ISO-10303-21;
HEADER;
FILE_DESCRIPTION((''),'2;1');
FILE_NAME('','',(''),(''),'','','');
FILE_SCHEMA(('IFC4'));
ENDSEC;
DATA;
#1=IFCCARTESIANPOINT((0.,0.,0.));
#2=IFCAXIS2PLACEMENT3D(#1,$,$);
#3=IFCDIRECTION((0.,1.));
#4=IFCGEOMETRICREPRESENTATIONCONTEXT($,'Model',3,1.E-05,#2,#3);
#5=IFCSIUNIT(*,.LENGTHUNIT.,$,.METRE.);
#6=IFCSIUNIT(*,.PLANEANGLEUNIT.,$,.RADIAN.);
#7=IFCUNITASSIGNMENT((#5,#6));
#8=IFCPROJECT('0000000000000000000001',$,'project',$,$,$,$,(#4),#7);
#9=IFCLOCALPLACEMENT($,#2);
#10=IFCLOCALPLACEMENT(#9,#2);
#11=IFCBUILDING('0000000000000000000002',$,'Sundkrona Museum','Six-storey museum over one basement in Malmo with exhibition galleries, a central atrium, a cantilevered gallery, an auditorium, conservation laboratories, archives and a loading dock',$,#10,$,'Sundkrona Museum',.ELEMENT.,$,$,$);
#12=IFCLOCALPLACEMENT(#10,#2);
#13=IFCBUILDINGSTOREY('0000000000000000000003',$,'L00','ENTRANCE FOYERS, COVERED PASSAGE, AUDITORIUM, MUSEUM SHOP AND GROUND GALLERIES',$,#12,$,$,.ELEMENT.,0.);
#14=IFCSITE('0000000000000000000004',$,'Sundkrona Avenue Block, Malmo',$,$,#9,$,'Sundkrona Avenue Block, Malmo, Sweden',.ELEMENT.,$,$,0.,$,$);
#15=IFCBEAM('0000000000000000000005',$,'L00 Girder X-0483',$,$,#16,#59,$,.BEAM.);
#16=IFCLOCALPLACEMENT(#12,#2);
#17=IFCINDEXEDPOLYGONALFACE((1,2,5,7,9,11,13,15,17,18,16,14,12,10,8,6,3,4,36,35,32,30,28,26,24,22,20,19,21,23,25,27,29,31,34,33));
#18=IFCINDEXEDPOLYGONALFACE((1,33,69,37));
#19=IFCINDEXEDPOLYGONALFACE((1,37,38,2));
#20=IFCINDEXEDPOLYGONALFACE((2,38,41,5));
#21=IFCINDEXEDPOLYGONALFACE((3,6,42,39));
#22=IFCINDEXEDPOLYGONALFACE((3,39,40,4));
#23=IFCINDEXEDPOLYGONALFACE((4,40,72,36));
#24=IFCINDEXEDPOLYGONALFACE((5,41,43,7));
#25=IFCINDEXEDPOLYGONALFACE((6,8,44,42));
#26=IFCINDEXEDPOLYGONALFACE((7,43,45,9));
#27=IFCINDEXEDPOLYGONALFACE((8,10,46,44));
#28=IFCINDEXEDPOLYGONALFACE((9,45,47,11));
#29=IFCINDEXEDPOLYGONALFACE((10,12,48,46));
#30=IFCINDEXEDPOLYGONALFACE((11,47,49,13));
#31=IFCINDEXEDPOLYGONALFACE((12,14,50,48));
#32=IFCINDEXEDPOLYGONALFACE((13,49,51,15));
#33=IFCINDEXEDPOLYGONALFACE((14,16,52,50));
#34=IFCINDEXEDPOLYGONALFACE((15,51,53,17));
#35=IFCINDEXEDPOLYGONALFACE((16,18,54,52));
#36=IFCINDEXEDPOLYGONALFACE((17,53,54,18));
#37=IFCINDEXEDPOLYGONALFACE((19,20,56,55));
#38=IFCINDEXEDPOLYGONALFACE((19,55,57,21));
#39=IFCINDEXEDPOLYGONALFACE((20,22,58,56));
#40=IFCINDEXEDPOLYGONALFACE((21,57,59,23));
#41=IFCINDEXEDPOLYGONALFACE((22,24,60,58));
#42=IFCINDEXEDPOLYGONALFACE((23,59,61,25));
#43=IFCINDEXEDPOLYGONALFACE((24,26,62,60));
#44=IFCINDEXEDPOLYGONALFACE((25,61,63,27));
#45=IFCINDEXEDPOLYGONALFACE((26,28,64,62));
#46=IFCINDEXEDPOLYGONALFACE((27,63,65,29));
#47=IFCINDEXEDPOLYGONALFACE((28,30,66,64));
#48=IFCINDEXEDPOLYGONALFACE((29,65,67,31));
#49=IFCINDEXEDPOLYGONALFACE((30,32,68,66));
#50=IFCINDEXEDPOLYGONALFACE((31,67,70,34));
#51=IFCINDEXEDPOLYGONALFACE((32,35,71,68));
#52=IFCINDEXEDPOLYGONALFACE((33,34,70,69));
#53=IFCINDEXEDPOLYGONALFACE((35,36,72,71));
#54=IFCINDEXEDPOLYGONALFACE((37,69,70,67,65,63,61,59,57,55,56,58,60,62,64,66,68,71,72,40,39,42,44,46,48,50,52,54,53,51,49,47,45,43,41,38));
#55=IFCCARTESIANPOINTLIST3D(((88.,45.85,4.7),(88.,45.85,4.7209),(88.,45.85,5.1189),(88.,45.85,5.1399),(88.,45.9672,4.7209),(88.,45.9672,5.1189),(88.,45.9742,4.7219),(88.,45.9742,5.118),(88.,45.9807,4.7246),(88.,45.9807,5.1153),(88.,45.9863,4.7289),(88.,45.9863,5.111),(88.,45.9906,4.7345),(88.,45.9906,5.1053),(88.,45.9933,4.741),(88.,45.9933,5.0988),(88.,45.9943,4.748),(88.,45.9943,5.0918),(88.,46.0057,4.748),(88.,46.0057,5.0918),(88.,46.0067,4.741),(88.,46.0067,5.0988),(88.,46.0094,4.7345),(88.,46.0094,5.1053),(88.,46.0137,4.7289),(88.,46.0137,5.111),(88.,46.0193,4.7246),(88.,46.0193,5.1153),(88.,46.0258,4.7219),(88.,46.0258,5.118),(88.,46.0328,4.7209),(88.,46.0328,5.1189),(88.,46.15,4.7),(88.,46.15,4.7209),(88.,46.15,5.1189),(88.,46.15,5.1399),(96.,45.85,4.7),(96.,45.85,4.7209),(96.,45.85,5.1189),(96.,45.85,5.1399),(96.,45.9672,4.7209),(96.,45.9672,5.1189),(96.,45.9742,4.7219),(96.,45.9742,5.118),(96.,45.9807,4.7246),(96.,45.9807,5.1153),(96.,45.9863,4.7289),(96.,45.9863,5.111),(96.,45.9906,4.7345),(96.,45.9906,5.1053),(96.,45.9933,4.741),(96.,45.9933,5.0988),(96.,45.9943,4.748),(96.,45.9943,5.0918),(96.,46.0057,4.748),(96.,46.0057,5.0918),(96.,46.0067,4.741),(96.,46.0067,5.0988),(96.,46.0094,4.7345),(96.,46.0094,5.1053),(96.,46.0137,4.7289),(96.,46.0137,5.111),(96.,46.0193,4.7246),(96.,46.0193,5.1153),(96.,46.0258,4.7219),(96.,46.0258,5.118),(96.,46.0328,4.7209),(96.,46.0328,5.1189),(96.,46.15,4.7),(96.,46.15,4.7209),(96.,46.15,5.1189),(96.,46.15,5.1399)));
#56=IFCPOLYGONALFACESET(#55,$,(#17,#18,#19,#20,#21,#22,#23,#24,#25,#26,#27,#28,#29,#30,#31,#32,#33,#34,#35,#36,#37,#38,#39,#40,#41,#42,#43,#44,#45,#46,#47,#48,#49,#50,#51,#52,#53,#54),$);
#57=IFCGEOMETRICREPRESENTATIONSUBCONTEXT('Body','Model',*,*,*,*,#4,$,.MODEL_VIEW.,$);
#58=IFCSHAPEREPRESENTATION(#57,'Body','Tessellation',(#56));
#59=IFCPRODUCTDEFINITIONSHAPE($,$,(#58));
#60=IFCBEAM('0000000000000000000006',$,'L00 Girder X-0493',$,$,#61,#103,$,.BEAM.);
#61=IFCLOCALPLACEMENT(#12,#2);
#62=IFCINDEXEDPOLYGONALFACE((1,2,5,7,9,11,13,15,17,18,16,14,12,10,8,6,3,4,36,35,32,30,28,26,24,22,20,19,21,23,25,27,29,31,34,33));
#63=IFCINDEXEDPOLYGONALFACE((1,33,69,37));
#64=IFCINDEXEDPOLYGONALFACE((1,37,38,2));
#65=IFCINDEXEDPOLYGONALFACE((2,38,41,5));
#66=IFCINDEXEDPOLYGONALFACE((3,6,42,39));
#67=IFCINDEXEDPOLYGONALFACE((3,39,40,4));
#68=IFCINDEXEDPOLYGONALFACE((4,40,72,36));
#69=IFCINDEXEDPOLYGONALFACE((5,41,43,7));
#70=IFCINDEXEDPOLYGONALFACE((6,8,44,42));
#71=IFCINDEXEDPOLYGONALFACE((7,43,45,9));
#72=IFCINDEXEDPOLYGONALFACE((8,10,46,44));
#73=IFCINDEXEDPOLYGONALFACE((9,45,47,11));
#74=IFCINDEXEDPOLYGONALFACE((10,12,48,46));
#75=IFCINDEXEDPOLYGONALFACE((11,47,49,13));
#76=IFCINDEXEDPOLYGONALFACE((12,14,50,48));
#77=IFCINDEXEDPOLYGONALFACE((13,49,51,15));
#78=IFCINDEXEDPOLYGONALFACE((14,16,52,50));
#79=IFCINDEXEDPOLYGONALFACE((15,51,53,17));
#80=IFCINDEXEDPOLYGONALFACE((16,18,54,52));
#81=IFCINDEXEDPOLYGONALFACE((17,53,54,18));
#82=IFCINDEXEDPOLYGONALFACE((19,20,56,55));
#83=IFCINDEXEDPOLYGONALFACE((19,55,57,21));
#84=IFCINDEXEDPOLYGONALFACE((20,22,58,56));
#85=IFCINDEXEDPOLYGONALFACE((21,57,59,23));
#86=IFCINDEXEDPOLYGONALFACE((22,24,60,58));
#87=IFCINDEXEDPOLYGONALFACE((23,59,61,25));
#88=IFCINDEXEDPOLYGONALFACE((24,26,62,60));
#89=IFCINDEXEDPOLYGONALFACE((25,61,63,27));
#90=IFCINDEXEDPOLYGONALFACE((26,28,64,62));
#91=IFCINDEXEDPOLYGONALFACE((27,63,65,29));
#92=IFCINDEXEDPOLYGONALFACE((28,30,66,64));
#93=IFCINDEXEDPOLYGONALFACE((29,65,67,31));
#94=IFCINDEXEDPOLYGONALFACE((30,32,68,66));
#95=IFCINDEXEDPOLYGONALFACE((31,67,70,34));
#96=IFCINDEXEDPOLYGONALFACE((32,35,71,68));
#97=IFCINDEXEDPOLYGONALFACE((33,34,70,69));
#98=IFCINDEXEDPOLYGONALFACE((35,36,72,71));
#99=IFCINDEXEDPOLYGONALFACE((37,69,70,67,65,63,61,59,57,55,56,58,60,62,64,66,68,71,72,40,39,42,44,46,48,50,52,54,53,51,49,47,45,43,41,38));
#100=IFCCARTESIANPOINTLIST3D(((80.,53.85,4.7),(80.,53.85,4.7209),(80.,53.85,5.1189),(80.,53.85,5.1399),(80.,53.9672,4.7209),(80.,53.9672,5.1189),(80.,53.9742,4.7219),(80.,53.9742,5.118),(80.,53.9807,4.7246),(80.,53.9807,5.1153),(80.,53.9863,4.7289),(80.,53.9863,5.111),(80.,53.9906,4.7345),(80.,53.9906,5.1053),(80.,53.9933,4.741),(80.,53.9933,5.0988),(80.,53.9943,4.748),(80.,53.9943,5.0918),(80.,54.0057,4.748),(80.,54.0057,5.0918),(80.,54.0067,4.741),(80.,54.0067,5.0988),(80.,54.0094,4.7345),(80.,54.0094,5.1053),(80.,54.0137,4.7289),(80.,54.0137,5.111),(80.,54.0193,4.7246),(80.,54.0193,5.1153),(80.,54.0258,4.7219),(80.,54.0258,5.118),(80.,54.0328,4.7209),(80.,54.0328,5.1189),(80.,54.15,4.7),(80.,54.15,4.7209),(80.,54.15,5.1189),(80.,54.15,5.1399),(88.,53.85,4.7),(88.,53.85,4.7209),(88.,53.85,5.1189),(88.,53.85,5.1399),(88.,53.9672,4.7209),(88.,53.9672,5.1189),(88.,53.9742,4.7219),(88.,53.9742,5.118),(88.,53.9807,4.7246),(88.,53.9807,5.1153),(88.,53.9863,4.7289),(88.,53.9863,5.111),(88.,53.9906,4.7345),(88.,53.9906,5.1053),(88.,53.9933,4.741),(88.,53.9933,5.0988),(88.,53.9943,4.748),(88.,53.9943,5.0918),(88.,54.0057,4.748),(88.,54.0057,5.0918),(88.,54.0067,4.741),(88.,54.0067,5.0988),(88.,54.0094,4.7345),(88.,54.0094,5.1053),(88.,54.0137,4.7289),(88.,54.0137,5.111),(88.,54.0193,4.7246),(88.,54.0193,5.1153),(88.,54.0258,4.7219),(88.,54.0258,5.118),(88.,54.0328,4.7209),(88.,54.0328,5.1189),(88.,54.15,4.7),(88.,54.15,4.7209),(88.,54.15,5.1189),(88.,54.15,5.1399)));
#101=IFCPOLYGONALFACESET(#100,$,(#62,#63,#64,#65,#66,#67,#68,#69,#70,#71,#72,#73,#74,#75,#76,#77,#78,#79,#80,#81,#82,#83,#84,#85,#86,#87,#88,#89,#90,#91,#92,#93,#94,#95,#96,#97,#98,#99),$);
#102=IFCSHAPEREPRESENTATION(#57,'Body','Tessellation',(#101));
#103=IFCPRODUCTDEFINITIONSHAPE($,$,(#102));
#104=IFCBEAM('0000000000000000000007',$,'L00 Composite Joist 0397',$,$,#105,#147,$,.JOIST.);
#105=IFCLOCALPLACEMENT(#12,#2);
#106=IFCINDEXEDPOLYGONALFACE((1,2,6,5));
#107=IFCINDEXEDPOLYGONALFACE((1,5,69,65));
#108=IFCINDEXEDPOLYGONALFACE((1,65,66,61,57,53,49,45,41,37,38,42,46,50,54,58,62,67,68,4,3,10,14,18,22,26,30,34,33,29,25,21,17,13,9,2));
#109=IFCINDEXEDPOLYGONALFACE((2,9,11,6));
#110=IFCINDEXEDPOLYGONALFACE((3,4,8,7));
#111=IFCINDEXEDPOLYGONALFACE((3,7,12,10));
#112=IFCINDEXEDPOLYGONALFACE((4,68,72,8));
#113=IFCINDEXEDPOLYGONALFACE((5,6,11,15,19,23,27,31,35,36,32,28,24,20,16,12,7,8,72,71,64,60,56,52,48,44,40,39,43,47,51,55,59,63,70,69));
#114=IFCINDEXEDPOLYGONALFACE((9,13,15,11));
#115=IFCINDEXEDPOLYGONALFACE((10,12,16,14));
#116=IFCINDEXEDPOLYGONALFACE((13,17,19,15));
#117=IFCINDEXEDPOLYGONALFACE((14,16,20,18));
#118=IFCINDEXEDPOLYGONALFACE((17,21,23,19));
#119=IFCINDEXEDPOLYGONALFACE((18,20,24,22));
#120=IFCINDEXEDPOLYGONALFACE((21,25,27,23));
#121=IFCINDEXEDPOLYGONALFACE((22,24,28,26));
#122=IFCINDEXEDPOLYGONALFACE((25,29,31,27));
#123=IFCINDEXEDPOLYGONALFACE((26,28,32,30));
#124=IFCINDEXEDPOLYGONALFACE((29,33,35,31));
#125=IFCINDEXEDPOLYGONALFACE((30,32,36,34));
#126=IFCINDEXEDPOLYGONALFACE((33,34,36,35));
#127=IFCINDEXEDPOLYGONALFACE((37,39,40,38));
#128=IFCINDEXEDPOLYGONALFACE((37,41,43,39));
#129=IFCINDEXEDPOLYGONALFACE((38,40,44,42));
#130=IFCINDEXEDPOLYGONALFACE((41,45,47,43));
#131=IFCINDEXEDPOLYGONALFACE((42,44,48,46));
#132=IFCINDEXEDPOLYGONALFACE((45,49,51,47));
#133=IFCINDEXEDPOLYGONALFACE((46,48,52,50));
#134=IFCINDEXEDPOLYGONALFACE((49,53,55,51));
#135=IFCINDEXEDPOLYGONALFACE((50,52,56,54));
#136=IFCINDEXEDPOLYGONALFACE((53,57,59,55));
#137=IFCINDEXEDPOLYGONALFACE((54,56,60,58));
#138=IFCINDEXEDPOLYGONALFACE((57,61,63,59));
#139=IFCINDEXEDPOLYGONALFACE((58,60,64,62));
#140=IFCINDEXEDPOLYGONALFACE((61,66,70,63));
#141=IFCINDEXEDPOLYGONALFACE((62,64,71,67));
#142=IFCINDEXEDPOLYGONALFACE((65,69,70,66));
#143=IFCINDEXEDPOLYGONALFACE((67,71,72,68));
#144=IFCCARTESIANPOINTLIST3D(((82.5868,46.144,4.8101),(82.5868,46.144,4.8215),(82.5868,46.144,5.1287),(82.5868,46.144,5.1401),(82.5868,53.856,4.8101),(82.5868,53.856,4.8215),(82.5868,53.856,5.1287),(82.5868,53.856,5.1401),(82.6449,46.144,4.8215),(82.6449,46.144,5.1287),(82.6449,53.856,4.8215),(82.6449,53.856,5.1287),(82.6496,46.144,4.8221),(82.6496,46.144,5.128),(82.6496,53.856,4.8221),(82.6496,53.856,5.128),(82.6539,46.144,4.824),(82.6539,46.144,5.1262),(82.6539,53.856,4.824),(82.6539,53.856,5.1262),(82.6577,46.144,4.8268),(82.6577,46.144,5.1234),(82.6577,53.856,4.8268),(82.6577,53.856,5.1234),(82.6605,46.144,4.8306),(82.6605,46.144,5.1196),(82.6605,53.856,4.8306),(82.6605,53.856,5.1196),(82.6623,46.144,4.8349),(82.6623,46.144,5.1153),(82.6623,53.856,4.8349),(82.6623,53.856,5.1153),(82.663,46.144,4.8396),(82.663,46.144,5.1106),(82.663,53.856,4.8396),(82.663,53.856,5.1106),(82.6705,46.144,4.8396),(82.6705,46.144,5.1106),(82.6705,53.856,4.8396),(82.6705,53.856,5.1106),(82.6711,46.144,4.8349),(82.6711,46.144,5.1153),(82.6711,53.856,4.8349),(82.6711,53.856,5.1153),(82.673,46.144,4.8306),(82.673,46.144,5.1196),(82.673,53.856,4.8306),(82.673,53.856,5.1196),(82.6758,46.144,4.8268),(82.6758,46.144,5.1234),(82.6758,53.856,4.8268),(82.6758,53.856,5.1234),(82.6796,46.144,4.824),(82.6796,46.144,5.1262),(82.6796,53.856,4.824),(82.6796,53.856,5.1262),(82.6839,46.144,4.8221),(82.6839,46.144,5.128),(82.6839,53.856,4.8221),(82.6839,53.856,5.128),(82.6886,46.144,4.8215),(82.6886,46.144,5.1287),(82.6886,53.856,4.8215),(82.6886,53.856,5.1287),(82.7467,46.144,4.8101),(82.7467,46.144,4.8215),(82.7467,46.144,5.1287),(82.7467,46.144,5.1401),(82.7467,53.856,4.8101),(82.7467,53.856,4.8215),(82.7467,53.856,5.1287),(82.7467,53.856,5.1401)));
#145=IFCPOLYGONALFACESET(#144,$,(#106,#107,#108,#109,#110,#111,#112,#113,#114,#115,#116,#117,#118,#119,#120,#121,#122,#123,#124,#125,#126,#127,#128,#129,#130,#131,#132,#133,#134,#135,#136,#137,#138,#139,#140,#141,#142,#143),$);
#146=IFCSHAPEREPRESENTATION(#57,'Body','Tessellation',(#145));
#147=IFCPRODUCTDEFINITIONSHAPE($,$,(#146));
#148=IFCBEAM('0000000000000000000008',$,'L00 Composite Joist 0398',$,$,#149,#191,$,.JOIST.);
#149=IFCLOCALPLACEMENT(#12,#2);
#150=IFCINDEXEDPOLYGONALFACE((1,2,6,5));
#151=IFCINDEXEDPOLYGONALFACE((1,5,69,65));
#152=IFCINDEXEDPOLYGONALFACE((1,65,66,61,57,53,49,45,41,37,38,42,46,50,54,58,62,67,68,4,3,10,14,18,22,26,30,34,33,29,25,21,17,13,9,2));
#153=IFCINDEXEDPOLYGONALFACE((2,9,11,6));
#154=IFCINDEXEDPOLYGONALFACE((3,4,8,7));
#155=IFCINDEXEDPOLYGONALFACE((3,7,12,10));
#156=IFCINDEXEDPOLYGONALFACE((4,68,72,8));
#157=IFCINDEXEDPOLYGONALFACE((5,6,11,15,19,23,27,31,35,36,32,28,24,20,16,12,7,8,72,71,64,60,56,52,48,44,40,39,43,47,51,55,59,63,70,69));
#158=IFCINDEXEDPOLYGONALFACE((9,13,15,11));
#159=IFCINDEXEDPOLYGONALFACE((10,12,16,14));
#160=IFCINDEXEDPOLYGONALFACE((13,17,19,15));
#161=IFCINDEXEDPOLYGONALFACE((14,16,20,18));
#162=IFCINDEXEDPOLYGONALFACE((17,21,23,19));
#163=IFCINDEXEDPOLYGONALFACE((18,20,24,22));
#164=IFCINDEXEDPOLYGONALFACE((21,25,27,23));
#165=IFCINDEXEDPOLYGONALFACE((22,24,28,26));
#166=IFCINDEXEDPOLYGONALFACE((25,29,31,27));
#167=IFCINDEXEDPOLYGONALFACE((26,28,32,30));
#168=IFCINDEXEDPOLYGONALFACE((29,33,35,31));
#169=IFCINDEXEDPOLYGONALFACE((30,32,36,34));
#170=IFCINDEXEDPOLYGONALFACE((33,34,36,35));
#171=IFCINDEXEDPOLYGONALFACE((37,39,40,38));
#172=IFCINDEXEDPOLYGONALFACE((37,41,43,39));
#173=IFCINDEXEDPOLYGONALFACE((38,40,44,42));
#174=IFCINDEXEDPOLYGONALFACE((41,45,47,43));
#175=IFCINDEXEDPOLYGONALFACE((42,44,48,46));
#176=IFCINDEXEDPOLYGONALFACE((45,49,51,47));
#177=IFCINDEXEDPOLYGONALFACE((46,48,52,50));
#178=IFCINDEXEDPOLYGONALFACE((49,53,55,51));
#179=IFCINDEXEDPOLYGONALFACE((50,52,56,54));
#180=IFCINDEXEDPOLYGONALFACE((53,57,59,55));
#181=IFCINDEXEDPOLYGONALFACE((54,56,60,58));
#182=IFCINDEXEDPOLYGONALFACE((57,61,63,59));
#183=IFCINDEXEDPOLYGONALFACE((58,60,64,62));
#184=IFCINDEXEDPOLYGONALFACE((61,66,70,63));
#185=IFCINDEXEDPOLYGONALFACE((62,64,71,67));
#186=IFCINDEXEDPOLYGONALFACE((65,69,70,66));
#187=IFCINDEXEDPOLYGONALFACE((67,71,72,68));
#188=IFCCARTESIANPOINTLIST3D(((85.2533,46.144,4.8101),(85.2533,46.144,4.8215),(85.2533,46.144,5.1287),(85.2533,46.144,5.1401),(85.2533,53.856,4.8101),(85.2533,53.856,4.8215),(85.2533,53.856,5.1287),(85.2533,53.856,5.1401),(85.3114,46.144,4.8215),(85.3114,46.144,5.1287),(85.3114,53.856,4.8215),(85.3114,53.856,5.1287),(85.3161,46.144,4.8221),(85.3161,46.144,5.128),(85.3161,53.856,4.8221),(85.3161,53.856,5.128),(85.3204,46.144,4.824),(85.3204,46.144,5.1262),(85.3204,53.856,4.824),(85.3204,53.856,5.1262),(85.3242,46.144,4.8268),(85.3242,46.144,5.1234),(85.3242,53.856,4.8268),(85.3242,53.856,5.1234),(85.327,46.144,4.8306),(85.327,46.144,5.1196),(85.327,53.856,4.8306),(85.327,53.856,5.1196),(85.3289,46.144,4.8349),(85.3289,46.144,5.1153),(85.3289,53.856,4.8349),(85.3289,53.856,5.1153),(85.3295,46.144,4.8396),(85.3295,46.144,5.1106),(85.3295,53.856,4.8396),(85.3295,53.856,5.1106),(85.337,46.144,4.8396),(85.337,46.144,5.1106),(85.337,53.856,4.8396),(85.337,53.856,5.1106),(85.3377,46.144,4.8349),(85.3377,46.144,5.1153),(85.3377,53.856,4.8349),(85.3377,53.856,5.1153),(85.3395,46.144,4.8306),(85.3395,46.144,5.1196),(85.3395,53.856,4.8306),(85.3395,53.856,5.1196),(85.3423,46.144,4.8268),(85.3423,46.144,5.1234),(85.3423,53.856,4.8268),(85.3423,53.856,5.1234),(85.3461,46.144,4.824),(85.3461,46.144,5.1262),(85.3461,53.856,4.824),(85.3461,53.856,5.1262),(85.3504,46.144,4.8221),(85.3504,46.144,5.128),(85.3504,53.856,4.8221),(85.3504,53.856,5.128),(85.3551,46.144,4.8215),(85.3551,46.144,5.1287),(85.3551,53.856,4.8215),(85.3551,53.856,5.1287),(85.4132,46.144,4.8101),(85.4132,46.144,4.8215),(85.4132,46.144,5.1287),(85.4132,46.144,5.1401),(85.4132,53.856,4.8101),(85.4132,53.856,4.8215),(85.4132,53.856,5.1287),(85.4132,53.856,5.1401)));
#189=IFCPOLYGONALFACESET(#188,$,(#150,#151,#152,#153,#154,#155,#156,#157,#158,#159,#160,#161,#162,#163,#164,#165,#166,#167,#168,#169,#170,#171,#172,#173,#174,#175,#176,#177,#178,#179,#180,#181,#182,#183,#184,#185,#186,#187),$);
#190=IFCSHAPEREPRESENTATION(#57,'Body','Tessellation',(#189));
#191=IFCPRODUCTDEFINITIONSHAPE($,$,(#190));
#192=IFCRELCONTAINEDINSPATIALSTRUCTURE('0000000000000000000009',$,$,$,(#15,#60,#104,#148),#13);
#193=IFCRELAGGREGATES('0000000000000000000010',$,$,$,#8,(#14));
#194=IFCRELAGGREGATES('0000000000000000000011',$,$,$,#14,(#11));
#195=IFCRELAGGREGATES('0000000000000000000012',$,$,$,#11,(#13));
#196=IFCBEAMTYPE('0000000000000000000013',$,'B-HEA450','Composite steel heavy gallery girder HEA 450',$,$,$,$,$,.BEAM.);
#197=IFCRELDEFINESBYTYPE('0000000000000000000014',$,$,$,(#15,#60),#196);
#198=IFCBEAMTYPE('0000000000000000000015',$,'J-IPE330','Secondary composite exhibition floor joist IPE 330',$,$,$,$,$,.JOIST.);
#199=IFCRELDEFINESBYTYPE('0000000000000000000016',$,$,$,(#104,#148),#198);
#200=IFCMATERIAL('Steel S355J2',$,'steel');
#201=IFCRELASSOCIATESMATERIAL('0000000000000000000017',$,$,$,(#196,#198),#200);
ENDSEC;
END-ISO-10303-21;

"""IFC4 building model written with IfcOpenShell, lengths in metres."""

from ifc_helpers import new_model, si_unit, direction, frame, origin, origin_2d, place, context, subcontext, project, spatial, i_section, extrude, material, material_profile, profile_set, type_object, element, save


model = new_model("IFC4")

# Units and contexts
model_context = context("Model", 3, precision=1e-05, world=origin(), true_north=direction((0.0, 1.0)))
body_context = subcontext(model_context, "Body", "Model", "MODEL_VIEW")
ifc_project = project(units=[si_unit("LENGTHUNIT", "METRE"), si_unit("PLANEANGLEUNIT", "RADIAN")], contexts=[model_context])

# Site, building, storey
site_placement = place(None, origin())
site = spatial("IfcSite", under=ifc_project, at=site_placement, Name="Sundkrona Avenue Block, Malmo", LongName="Sundkrona Avenue Block, Malmo, Sweden", CompositionType="ELEMENT", RefElevation=0.0)
building_placement = place(site_placement, origin())
building = spatial("IfcBuilding", under=site, at=building_placement, Name="Sundkrona Museum", Description="Six-storey museum over one basement in Malmo with exhibition galleries, a central atrium, a cantilevered gallery, an auditorium, conservation laboratories, archives and a loading dock", LongName="Sundkrona Museum", CompositionType="ELEMENT")
storey_placement = place(building_placement, origin())
storey = spatial("IfcBuildingStorey", under=building, at=storey_placement, Name="L00", Description="ENTRANCE FOYERS, COVERED PASSAGE, AUDITORIUM, MUSEUM SHOP AND GROUND GALLERIES", CompositionType="ELEMENT", Elevation=0.0)

# Shared definitions
ifc_material_1 = material(Name="Steel S355J2", Category="steel")

# Beams
ifc_material_profile_1 = material_profile(ifc_material_1, i_section(OverallWidth=0.3, OverallDepth=0.4399, WebThickness=0.0115, FlangeThickness=0.021, FilletRadius=0.0271, at=origin_2d()), Name="HEA 450")
ifc_profile_set_1 = profile_set([ifc_material_profile_1], Name="Steel S355J2")
beam_type_1 = type_object("IfcBeamType", Name="B-HEA450", Description="Composite steel heavy gallery girder HEA 450", PredefinedType="BEAM", material=ifc_profile_set_1)
for number, where, z_axis, x_axis, name in (
    (1, (88.0, 46.0, 4.9199), (1.0, 0.0, 0.0), (0.0, 1.0, 0.0), "L00 Girder X-0483"),
    (2, (80.0, 54.0, 4.9199), (1.0, 0.0, 0.0), (0.0, 1.0, 0.0), "L00 Girder X-0493"),
):
    element("IfcBeam", number, at=place(storey_placement, frame(where, z_axis=z_axis, x_axis=x_axis)), inside=storey, type_object=beam_type_1, Name=name, PredefinedType="BEAM", context=body_context, shape_type="SweptSolid", body=[
        extrude(i_section(OverallWidth=0.3, OverallDepth=0.4399, WebThickness=0.0115, FlangeThickness=0.021, FilletRadius=0.0271, at=origin_2d()), origin(), (0.0, 0.0, 1.0), 8.0),
    ])
ifc_material_profile_2 = material_profile(ifc_material_1, i_section(OverallWidth=0.1599, OverallDepth=0.3301, WebThickness=0.0076, FlangeThickness=0.0115, FilletRadius=0.0181, at=origin_2d()), Name="IPE 330")
ifc_profile_set_2 = profile_set([ifc_material_profile_2], Name="Steel S355J2")
beam_type_2 = type_object("IfcBeamType", Name="J-IPE330", Description="Secondary composite exhibition floor joist IPE 330", PredefinedType="JOIST", material=ifc_profile_set_2)
for number, where, z_axis, x_axis, name in (
    (3, (82.6667, 46.144, 4.9751), (0.0, 1.0, 0.0), (-1.0, 0.0, 0.0), "L00 Composite Joist 0397"),
    (4, (85.3333, 46.144, 4.9751), (0.0, 1.0, 0.0), (-1.0, 0.0, 0.0), "L00 Composite Joist 0398"),
):
    element("IfcBeam", number, at=place(storey_placement, frame(where, z_axis=z_axis, x_axis=x_axis)), inside=storey, type_object=beam_type_2, Name=name, PredefinedType="JOIST", context=body_context, shape_type="SweptSolid", body=[
        extrude(i_section(OverallWidth=0.1599, OverallDepth=0.3301, WebThickness=0.0076, FlangeThickness=0.0115, FilletRadius=0.0181, at=origin_2d()), origin(), (0.0, 0.0, 1.0), 7.7119),
    ])

save(model, "model.ifc")
